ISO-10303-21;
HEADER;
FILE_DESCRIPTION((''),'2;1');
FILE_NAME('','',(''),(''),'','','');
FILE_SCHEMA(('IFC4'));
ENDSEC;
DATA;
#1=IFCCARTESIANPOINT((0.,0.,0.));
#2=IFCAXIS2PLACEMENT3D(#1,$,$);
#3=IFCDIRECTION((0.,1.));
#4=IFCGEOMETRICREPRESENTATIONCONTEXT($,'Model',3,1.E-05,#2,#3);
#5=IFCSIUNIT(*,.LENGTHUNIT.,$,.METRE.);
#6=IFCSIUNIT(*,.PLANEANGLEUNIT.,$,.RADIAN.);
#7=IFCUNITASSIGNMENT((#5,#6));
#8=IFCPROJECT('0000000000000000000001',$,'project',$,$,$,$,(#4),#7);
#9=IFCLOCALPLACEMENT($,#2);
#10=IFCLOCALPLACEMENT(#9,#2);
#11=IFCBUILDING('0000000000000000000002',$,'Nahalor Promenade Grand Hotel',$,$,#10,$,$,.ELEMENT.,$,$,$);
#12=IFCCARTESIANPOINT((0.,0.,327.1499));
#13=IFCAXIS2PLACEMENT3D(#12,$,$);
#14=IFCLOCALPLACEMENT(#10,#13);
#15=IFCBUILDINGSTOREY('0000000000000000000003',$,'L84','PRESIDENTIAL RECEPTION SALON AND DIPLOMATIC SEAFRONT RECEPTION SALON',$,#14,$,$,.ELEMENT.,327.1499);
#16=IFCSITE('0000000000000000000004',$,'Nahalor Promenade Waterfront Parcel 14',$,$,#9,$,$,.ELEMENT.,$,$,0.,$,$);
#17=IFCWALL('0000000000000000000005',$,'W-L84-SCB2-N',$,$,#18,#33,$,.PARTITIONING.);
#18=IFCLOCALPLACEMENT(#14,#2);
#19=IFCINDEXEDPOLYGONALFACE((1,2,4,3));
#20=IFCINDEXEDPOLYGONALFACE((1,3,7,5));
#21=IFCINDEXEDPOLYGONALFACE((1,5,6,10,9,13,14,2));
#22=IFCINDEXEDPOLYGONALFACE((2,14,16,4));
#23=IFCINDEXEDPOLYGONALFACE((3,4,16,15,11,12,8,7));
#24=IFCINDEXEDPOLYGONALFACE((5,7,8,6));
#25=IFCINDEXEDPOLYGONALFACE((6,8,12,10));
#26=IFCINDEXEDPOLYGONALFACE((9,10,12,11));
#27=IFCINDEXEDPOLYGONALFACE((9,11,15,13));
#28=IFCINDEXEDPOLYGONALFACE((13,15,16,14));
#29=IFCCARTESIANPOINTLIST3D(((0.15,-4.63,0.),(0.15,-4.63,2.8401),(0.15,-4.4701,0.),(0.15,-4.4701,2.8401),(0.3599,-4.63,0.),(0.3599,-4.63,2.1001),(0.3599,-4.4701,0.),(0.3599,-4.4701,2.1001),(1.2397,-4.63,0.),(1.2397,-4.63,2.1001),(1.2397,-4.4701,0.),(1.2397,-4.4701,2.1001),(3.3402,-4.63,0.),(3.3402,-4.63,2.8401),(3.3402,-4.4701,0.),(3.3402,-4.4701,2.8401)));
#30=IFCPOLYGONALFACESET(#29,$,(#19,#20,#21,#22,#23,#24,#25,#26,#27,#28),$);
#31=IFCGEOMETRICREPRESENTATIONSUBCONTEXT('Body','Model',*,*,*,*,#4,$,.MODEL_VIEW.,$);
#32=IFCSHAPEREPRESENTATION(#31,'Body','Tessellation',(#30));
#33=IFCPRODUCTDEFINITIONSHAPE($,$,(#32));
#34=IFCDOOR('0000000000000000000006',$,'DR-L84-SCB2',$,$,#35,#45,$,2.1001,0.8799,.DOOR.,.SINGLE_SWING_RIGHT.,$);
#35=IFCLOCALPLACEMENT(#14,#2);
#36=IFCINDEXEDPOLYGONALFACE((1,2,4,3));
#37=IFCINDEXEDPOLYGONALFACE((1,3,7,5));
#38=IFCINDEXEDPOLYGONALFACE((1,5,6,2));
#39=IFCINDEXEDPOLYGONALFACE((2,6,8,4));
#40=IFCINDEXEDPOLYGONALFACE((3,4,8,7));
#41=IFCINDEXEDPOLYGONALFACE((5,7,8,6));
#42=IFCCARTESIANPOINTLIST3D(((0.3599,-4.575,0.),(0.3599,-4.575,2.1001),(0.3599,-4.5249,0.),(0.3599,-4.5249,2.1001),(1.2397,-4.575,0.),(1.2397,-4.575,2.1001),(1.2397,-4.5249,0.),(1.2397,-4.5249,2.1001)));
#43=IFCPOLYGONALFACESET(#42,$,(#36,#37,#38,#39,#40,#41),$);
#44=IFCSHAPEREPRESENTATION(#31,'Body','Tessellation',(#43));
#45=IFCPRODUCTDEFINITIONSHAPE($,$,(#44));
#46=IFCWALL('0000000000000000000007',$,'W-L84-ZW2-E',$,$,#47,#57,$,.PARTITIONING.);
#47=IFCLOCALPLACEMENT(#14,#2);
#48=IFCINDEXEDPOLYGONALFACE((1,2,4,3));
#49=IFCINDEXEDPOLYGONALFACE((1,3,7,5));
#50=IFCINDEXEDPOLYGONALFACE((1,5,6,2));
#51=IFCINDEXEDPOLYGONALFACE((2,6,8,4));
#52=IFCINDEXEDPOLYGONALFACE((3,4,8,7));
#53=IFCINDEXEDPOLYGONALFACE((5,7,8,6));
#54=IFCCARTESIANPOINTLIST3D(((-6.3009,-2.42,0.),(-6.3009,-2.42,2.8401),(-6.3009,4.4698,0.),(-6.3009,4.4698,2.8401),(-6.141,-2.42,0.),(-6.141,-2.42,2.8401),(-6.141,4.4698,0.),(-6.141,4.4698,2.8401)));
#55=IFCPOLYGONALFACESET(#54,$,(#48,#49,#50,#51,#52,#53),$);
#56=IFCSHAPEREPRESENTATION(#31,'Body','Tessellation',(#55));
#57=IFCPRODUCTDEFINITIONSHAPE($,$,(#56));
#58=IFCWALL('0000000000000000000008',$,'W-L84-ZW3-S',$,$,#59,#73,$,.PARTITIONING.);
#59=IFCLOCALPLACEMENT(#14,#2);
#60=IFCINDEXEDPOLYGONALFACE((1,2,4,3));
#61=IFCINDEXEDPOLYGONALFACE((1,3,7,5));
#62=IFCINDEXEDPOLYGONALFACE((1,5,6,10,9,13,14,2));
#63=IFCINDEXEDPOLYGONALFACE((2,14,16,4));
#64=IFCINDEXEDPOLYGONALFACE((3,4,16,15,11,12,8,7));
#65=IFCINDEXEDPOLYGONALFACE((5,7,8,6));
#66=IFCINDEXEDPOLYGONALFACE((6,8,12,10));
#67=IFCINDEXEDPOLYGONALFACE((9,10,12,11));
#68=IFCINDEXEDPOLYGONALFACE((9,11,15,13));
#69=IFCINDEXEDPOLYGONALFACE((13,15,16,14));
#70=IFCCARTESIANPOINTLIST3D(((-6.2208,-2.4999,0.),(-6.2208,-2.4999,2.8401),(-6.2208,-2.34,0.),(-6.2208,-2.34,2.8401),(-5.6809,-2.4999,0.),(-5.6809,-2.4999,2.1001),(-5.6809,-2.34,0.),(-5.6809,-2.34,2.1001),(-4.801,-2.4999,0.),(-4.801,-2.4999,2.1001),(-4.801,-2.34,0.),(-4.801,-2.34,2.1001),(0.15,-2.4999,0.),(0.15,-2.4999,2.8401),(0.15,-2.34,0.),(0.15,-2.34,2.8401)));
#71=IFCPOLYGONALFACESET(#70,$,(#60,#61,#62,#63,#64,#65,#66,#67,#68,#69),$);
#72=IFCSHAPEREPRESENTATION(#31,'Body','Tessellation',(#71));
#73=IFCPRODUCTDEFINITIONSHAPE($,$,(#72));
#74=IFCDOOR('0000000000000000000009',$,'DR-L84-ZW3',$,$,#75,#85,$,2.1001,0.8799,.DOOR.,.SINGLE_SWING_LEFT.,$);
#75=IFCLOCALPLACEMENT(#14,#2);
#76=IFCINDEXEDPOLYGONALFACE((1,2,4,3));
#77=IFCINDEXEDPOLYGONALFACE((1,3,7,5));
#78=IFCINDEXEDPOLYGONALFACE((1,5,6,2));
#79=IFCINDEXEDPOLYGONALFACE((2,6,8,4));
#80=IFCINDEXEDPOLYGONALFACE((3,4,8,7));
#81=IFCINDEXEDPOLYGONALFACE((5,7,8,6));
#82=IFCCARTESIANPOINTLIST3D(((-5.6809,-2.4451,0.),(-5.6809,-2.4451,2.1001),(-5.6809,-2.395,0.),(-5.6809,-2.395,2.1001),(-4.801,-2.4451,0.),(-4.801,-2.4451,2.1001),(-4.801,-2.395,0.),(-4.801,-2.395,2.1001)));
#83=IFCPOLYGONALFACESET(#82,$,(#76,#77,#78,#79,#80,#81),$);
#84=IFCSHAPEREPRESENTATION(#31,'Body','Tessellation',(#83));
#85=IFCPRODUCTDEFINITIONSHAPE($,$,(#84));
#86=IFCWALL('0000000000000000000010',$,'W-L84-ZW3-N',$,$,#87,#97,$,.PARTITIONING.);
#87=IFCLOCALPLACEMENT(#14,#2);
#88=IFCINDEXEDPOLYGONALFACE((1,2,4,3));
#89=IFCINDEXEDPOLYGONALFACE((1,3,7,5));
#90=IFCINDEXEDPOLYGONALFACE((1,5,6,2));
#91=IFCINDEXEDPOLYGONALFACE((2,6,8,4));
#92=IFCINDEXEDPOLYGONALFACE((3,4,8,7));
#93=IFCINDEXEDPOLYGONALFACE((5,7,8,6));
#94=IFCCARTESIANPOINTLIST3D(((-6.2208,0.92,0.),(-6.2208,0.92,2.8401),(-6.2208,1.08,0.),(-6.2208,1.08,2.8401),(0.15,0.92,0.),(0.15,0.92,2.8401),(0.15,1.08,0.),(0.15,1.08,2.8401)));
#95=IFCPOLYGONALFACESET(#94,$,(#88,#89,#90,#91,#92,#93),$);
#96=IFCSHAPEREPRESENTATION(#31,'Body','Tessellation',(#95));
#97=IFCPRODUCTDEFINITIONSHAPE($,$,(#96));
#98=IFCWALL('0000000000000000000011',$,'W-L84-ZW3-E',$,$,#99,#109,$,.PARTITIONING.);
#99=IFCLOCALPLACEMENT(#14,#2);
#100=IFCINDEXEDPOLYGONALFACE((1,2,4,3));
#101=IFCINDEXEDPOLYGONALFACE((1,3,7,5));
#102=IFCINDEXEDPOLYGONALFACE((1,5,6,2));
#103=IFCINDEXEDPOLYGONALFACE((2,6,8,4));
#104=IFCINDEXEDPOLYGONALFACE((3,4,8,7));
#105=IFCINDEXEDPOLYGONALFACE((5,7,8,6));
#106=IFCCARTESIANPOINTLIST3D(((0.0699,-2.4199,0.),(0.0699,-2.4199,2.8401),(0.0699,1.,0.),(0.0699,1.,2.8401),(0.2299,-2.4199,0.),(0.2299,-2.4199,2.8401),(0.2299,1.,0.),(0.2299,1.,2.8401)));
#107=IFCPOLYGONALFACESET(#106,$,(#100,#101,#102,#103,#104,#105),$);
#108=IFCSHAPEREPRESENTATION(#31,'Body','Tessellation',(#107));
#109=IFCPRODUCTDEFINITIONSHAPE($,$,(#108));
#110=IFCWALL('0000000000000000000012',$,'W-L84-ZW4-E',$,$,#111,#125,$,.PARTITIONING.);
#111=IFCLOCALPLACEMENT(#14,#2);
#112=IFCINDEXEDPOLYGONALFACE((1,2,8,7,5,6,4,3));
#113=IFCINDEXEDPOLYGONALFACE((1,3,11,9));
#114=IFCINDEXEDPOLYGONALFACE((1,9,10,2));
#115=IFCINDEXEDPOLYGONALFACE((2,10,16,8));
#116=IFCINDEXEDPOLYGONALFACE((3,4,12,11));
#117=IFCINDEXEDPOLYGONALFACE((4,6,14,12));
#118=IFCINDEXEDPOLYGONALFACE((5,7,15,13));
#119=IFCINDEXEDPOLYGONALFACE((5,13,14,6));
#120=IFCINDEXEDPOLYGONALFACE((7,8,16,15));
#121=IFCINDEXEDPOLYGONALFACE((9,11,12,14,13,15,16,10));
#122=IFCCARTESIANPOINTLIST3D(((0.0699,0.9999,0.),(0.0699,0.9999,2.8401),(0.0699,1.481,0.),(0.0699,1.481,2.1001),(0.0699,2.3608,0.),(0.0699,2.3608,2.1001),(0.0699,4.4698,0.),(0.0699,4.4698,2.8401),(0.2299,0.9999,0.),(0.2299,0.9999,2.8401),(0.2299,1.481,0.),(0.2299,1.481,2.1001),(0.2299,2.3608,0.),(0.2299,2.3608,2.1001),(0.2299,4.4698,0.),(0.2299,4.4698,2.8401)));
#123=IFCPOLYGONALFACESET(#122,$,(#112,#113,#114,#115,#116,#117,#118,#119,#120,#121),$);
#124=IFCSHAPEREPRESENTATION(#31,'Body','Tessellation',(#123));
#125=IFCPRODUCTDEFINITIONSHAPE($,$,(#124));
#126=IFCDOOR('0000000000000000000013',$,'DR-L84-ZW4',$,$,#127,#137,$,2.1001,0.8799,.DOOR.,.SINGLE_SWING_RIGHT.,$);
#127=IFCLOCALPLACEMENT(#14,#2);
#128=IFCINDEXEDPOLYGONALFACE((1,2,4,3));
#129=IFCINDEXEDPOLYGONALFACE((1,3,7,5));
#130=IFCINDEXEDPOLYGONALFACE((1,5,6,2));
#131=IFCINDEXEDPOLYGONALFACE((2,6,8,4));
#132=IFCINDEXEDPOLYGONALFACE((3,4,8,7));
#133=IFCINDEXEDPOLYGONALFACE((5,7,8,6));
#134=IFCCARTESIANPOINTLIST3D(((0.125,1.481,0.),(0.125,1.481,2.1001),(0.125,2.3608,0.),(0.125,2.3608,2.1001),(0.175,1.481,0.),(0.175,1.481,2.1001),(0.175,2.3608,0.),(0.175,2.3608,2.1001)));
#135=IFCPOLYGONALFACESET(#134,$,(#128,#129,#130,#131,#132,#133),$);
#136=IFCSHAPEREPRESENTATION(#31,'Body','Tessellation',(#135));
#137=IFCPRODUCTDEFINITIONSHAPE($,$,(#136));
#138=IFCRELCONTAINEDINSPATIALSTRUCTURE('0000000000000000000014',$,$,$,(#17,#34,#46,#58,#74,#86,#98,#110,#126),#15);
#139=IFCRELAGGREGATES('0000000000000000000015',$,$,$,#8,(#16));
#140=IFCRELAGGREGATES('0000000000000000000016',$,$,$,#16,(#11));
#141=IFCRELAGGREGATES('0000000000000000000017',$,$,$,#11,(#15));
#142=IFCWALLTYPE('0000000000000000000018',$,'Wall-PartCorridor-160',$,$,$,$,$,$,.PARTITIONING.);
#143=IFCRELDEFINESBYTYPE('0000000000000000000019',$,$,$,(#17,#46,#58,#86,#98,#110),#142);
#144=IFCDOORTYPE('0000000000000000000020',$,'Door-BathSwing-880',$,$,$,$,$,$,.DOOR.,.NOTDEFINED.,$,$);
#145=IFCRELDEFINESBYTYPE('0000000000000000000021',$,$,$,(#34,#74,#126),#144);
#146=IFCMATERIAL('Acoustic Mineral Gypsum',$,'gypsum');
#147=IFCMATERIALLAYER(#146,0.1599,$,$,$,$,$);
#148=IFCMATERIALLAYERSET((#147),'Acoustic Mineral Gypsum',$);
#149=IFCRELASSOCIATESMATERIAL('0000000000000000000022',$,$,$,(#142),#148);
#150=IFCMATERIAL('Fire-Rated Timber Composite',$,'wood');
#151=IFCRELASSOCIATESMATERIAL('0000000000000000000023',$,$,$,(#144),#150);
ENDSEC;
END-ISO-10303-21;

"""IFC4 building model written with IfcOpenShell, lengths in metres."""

from ifc_helpers import new_model, si_unit, direction, frame, frame_2d, origin, place, context, subcontext, project, spatial, rectangle, extrude, source, transform, mapped, material, layer, layer_set, type_object, element, fill, save


model = new_model("IFC4")

# Units and contexts
model_context = context("Model", 3, precision=1e-05, world=origin(), true_north=direction((0.0, 1.0)))
body_context = subcontext(model_context, "Body", "Model", "MODEL_VIEW")
ifc_project = project(units=[si_unit("LENGTHUNIT", "METRE"), si_unit("PLANEANGLEUNIT", "RADIAN")], contexts=[model_context])

# Site, building, storey
site_placement = place(None, origin())
site = spatial("IfcSite", under=ifc_project, at=site_placement, Name="Nahalor Promenade Waterfront Parcel 14", CompositionType="ELEMENT", RefElevation=0.0)
building_placement = place(site_placement, origin())
building = spatial("IfcBuilding", under=site, at=building_placement, Name="Nahalor Promenade Grand Hotel", CompositionType="ELEMENT")
storey_placement = place(building_placement, frame((0.0, 0.0, 327.1499)))
storey = spatial("IfcBuildingStorey", under=building, at=storey_placement, Name="L84", Description="PRESIDENTIAL RECEPTION SALON AND DIPLOMATIC SEAFRONT RECEPTION SALON", CompositionType="ELEMENT", Elevation=327.1499)

# Shared definitions
ifc_material_1 = material(Name="Acoustic Mineral Gypsum", Category="gypsum")

# Wall, opening, door
ifc_layer_1 = layer(ifc_material_1, 0.1599)
ifc_layer_set_1 = layer_set([ifc_layer_1], Name="Acoustic Mineral Gypsum")
wall_type_1 = type_object("IfcWallType", Name="Wall-PartCorridor-160", PredefinedType="PARTITIONING", material=ifc_layer_set_1)
ifc_material_2 = material(Name="Fire-Rated Timber Composite", Category="wood")
door_type = type_object("IfcDoorType", Name="Door-BathSwing-880", OperationType="NOTDEFINED", PredefinedType="DOOR", material=ifc_material_2)
shared_shape_1 = source(origin(), body_context, "Body", "SweptSolid", [
    extrude(rectangle(XDim=0.8799, YDim=2.1001, at=frame_2d((0.4399, 1.05))), frame((0.0, 0.0249, 0.0), z_axis=(0.0, -1.0, 0.0), x_axis=(1.0, 0.0, 0.0)), (0.0, 0.0, 1.0), 0.05),
])
shared_shape_2 = source(origin(), body_context, "Body", "SweptSolid", [
    extrude(rectangle(XDim=3.1902, YDim=0.1599, at=frame_2d((1.5952, 0.0))), origin(), (0.0, 0.0, 1.0), 2.8401),
])
wall_1_placement = place(storey_placement, frame((0.1499, -4.55, 0.0), z_axis=(0.0, 0.0, 1.0), x_axis=(1.0, 0.0, 0.0)))
wall_1 = element("IfcWall", 1, at=wall_1_placement, inside=storey, type_object=wall_type_1, Name="W-L84-SCB2-N", PredefinedType="PARTITIONING", context=body_context, shape_type="MappedRepresentation", body=[
    mapped(shared_shape_2, transform((0.0, 0.0, 0.0), scale=1.0)),
])
opening_1_placement = place(wall_1_placement, frame((0.21, 0.0, 0.0)))
opening_1 = element("IfcOpeningElement", 2, at=opening_1_placement, cuts=wall_1, PredefinedType="OPENING", context=body_context, shape_type="SweptSolid", body=[
    extrude(rectangle(XDim=0.8799, YDim=2.1001, at=frame_2d((0.4399, 1.05))), frame((0.0, 0.0898, 0.0), z_axis=(0.0, -1.0, 0.0), x_axis=(1.0, 0.0, 0.0)), (0.0, 0.0, 1.0), 0.1799),
])
door_1_placement = place(opening_1_placement, frame((0.8799, 0.0, 0.0), z_axis=(0.0, 0.0, 1.0), x_axis=(-1.0, 0.0, 0.0)))
door_1 = element("IfcDoor", 3, at=door_1_placement, inside=storey, type_object=door_type, Name="DR-L84-SCB2", OperationType="SINGLE_SWING_RIGHT", OverallHeight=2.1001, OverallWidth=0.8799, PredefinedType="DOOR", context=body_context, shape_type="MappedRepresentation", body=[
    mapped(shared_shape_1, transform((0.0, 0.0, 0.0), scale=1.0)),
])
fill(opening_1, door_1)

# Wall
shared_shape_3 = source(origin(), body_context, "Body", "SweptSolid", [
    extrude(rectangle(XDim=6.8899, YDim=0.1599, at=frame_2d((3.4448, 0.0))), origin(), (0.0, 0.0, 1.0), 2.8401),
])
wall_2_placement = place(storey_placement, frame((-6.2209, -2.4199, 0.0), z_axis=(0.0, 0.0, 1.0), x_axis=(0.0, 1.0, 0.0)))
element("IfcWall", 4, at=wall_2_placement, inside=storey, type_object=wall_type_1, Name="W-L84-ZW2-E", PredefinedType="PARTITIONING", context=body_context, shape_type="MappedRepresentation", body=[
    mapped(shared_shape_3, transform((0.0, 0.0, 0.0), scale=1.0)),
])

# Wall, opening, door
shared_shape_4 = source(origin(), body_context, "Body", "SweptSolid", [
    extrude(rectangle(XDim=6.3708, YDim=0.1599, at=frame_2d((3.1855, 0.0))), origin(), (0.0, 0.0, 1.0), 2.8401),
])
wall_3_placement = place(storey_placement, frame((-6.2209, -2.4199, 0.0), z_axis=(0.0, 0.0, 1.0), x_axis=(1.0, 0.0, 0.0)))
wall_3 = element("IfcWall", 5, at=wall_3_placement, inside=storey, type_object=wall_type_1, Name="W-L84-ZW3-S", PredefinedType="PARTITIONING", context=body_context, shape_type="MappedRepresentation", body=[
    mapped(shared_shape_4, transform((0.0, 0.0, 0.0), scale=1.0)),
])
opening_2_placement = place(wall_3_placement, frame((0.54, 0.0, 0.0)))
opening_2 = element("IfcOpeningElement", 6, at=opening_2_placement, cuts=wall_3, PredefinedType="OPENING", context=body_context, shape_type="SweptSolid", body=[
    extrude(rectangle(XDim=0.8799, YDim=2.1001, at=frame_2d((0.4399, 1.05))), frame((0.0, 0.0898, 0.0), z_axis=(0.0, -1.0, 0.0), x_axis=(1.0, 0.0, 0.0)), (0.0, 0.0, 1.0), 0.1799),
])
door_2_placement = place(opening_2_placement, origin())
door_2 = element("IfcDoor", 7, at=door_2_placement, inside=storey, type_object=door_type, Name="DR-L84-ZW3", OperationType="SINGLE_SWING_LEFT", OverallHeight=2.1001, OverallWidth=0.8799, PredefinedType="DOOR", context=body_context, shape_type="MappedRepresentation", body=[
    mapped(shared_shape_1, transform((0.0, 0.0, 0.0), scale=1.0)),
])
fill(opening_2, door_2)

# Walls
wall_4_placement = place(storey_placement, frame((-6.2209, 1.0, 0.0), z_axis=(0.0, 0.0, 1.0), x_axis=(1.0, 0.0, 0.0)))
element("IfcWall", 8, at=wall_4_placement, inside=storey, type_object=wall_type_1, Name="W-L84-ZW3-N", PredefinedType="PARTITIONING", context=body_context, shape_type="MappedRepresentation", body=[
    mapped(shared_shape_4, transform((0.0, 0.0, 0.0), scale=1.0)),
])
shared_shape_5 = source(origin(), body_context, "Body", "SweptSolid", [
    extrude(rectangle(XDim=3.4199, YDim=0.1599, at=frame_2d((1.71, 0.0))), origin(), (0.0, 0.0, 1.0), 2.8401),
])
wall_5_placement = place(storey_placement, frame((0.1499, -2.4199, 0.0), z_axis=(0.0, 0.0, 1.0), x_axis=(0.0, 1.0, 0.0)))
element("IfcWall", 9, at=wall_5_placement, inside=storey, type_object=wall_type_1, Name="W-L84-ZW3-E", PredefinedType="PARTITIONING", context=body_context, shape_type="MappedRepresentation", body=[
    mapped(shared_shape_5, transform((0.0, 0.0, 0.0), scale=1.0)),
])

# Wall, opening, door
shared_shape_6 = source(origin(), body_context, "Body", "SweptSolid", [
    extrude(rectangle(XDim=3.47, YDim=0.1599, at=frame_2d((1.7349, 0.0))), origin(), (0.0, 0.0, 1.0), 2.8401),
])
wall_6_placement = place(storey_placement, frame((0.1499, 1.0, 0.0), z_axis=(0.0, 0.0, 1.0), x_axis=(0.0, 1.0, 0.0)))
wall_6 = element("IfcWall", 10, at=wall_6_placement, inside=storey, type_object=wall_type_1, Name="W-L84-ZW4-E", PredefinedType="PARTITIONING", context=body_context, shape_type="MappedRepresentation", body=[
    mapped(shared_shape_6, transform((0.0, 0.0, 0.0), scale=1.0)),
])
opening_3_placement = place(wall_6_placement, frame((0.481, 0.0, 0.0)))
opening_3 = element("IfcOpeningElement", 11, at=opening_3_placement, cuts=wall_6, PredefinedType="OPENING", context=body_context, shape_type="SweptSolid", body=[
    extrude(rectangle(XDim=0.8799, YDim=2.1001, at=frame_2d((0.4399, 1.05))), frame((0.0, 0.0898, 0.0), z_axis=(0.0, -1.0, 0.0), x_axis=(1.0, 0.0, 0.0)), (0.0, 0.0, 1.0), 0.1799),
])
door_3_placement = place(opening_3_placement, origin())
door_3 = element("IfcDoor", 12, at=door_3_placement, inside=storey, type_object=door_type, Name="DR-L84-ZW4", OperationType="SINGLE_SWING_RIGHT", OverallHeight=2.1001, OverallWidth=0.8799, PredefinedType="DOOR", context=body_context, shape_type="MappedRepresentation", body=[
    mapped(shared_shape_1, transform((0.0, 0.0, 0.0), scale=1.0)),
])
fill(opening_3, door_3)

save(model, "model.ifc")
